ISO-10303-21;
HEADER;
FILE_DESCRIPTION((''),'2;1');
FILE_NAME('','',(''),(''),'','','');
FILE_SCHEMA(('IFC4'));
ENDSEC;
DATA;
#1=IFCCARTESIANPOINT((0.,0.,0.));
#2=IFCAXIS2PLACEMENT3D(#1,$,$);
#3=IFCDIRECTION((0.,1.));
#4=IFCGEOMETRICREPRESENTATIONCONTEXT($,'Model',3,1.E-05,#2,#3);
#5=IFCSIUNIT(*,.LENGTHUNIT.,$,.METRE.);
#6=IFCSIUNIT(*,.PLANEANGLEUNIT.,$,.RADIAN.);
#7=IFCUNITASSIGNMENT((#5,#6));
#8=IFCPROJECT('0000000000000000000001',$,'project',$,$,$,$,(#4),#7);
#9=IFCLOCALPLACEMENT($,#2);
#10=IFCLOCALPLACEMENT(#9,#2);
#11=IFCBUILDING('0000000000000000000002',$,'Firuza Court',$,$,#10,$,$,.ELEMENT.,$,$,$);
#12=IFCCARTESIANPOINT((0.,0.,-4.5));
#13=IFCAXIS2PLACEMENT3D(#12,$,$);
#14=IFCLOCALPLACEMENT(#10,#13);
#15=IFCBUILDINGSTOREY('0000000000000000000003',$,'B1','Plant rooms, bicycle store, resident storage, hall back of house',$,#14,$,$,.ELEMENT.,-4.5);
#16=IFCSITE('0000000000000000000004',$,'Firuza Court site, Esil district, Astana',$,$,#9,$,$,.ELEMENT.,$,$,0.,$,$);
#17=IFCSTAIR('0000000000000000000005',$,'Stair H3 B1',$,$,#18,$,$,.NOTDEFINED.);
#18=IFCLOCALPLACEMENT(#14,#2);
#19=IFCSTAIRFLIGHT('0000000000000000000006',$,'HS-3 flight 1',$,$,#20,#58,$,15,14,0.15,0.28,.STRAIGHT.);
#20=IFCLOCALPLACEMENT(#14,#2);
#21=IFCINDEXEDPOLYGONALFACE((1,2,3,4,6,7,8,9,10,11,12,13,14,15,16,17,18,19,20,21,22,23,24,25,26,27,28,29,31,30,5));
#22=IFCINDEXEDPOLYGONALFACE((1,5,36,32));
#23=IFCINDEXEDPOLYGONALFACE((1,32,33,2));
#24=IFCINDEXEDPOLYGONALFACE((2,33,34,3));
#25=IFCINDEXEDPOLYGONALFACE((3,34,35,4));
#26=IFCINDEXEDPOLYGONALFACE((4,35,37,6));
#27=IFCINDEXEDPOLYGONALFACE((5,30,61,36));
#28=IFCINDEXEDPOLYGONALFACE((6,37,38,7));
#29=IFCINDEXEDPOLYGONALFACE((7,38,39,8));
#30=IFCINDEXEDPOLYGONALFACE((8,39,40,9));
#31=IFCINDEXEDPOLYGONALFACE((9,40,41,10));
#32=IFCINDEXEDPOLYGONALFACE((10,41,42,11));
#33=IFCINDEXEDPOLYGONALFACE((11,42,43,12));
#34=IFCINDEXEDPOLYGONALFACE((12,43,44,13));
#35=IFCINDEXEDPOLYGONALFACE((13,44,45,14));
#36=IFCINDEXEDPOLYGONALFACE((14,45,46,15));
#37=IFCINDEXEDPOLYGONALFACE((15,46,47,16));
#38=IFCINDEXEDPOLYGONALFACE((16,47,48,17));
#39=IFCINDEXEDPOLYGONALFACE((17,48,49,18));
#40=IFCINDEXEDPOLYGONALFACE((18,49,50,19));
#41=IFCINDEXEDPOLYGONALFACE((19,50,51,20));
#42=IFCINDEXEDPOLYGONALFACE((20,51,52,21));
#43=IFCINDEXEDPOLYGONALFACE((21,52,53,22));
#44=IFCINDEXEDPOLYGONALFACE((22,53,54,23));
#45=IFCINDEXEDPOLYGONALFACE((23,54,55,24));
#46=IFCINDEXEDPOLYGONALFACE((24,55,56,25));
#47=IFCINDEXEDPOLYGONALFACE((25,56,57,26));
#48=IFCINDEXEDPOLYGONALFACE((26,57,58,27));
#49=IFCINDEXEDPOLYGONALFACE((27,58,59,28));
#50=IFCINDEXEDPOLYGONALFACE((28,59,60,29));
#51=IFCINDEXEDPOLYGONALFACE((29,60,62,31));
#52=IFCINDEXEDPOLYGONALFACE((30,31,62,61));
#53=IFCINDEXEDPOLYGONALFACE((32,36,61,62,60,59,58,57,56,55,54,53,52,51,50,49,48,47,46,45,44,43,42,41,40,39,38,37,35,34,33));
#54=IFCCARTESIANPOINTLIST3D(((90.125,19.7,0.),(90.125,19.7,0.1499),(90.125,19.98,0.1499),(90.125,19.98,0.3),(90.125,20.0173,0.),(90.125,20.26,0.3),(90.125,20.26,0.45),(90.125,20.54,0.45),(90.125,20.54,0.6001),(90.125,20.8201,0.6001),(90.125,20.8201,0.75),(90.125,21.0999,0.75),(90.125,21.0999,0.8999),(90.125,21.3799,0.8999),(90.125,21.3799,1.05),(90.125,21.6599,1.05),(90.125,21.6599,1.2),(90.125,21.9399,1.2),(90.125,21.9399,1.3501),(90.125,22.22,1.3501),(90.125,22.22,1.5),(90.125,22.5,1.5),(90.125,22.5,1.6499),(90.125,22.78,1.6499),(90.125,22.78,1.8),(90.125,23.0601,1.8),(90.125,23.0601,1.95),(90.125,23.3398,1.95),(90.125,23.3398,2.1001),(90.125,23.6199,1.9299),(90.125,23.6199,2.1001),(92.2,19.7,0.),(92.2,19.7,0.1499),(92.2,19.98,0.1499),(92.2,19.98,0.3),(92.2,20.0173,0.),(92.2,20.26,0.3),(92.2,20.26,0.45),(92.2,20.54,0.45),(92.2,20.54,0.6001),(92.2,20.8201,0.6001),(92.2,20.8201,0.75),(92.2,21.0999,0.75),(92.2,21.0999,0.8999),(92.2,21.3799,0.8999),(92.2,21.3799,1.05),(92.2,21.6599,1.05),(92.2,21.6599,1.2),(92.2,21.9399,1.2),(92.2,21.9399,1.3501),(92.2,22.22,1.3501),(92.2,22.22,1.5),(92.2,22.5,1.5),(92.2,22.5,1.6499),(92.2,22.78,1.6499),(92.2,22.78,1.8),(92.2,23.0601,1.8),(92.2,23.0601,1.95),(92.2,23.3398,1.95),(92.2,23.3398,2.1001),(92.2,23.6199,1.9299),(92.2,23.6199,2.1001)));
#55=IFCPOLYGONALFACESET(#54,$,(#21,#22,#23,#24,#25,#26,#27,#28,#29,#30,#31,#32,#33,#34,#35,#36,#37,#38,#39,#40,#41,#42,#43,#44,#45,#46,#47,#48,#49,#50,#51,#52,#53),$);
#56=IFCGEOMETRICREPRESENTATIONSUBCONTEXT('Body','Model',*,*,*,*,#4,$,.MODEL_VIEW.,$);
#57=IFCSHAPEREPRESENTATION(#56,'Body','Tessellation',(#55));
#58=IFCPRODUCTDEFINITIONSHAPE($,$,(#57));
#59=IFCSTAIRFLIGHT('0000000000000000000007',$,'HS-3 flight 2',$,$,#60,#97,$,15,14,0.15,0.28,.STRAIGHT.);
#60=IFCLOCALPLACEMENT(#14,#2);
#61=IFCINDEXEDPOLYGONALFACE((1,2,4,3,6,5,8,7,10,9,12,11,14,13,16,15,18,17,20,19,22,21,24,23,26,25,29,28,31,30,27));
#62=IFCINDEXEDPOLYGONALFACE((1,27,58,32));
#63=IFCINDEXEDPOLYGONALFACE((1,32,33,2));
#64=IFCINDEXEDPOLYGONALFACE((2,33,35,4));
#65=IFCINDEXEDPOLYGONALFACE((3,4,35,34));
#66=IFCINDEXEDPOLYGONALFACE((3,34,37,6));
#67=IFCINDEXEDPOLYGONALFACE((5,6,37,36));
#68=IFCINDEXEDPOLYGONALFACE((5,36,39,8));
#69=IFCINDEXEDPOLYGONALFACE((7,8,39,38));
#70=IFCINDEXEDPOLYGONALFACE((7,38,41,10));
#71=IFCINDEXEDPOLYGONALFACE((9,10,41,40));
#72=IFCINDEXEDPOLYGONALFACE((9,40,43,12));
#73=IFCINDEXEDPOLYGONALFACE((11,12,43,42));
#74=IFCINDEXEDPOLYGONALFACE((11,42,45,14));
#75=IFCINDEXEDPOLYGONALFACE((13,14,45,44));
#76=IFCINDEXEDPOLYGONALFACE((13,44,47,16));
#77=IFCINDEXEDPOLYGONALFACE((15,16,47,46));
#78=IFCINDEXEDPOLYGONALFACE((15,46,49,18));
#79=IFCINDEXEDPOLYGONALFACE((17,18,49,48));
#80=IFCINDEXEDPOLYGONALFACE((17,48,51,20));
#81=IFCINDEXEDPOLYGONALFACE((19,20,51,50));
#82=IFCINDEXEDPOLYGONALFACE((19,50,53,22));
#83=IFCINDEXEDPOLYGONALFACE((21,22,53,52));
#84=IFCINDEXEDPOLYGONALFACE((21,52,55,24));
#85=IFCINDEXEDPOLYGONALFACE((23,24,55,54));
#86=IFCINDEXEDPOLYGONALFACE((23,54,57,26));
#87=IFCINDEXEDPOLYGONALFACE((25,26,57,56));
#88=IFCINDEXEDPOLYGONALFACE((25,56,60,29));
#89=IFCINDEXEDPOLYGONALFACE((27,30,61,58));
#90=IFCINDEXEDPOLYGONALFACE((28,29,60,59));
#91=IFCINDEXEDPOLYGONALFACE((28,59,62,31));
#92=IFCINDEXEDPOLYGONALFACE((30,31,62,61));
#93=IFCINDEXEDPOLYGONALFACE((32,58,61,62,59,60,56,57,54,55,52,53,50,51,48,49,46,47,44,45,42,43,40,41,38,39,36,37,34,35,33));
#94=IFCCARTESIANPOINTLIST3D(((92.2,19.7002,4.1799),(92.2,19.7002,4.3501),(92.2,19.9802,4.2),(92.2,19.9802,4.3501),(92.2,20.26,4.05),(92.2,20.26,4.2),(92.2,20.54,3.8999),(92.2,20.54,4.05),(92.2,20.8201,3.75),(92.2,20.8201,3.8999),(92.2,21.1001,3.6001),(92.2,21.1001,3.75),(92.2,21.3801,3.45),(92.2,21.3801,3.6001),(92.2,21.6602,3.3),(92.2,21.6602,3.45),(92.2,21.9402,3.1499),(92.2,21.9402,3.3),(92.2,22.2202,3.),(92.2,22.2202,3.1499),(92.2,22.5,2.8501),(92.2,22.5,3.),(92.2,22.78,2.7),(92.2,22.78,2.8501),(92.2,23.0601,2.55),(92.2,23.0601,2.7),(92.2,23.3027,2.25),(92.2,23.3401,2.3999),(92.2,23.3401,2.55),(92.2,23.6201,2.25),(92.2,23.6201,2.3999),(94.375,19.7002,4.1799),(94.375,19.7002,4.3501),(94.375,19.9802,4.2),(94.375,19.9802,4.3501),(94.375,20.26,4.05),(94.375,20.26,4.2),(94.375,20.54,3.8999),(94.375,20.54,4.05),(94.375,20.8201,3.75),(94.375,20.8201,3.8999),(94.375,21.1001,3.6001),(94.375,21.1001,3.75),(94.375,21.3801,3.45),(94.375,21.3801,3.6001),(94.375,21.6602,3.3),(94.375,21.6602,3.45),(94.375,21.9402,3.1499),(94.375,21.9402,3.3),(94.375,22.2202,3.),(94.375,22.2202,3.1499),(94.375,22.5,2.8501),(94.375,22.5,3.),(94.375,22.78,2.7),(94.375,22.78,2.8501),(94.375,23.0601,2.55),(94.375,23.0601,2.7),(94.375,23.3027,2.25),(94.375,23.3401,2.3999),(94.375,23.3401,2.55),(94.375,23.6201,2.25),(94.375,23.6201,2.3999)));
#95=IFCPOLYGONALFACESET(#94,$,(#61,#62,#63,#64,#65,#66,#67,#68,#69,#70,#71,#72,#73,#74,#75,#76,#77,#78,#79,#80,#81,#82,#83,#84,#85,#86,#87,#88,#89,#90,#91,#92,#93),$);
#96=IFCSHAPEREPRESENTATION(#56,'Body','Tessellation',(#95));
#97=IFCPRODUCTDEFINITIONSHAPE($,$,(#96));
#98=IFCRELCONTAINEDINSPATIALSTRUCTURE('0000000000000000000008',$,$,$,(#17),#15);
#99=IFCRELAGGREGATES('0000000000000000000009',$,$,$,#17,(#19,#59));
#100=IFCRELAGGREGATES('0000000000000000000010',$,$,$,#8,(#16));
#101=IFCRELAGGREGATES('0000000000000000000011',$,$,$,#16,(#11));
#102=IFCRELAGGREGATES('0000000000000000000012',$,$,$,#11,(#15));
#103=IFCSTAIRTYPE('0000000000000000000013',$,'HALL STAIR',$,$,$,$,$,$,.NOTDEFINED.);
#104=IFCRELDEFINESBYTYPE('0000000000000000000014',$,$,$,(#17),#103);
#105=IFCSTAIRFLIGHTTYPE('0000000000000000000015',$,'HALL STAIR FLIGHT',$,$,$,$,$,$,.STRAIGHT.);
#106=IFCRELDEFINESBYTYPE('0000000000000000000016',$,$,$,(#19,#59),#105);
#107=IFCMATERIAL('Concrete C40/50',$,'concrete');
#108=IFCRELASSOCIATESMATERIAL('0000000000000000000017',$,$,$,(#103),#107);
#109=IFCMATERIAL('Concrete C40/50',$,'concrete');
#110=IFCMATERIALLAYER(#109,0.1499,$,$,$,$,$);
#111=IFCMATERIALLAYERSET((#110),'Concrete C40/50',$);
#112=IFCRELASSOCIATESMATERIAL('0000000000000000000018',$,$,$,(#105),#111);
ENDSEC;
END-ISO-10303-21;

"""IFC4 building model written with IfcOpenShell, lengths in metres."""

from ifc_helpers import new_model, si_unit, direction, frame, origin, place, context, subcontext, project, spatial, polyline, outline, extrude, material, layer, layer_set, type_object, element, aggregate, save


model = new_model("IFC4")

# Units and contexts
model_context = context("Model", 3, precision=1e-05, world=origin(), true_north=direction((0.0, 1.0)))
body_context = subcontext(model_context, "Body", "Model", "MODEL_VIEW")
ifc_project = project(units=[si_unit("LENGTHUNIT", "METRE"), si_unit("PLANEANGLEUNIT", "RADIAN")], contexts=[model_context])

# Site, building, storey
site_placement = place(None, origin())
site = spatial("IfcSite", under=ifc_project, at=site_placement, Name="Firuza Court site, Esil district, Astana", CompositionType="ELEMENT", RefElevation=0.0)
building_placement = place(site_placement, origin())
building = spatial("IfcBuilding", under=site, at=building_placement, Name="Firuza Court", CompositionType="ELEMENT")
storey_placement = place(building_placement, frame((0.0, 0.0, -4.5)))
storey = spatial("IfcBuildingStorey", under=building, at=storey_placement, Name="B1", Description="Plant rooms, bicycle store, resident storage, hall back of house", CompositionType="ELEMENT", Elevation=-4.5)

# Shared definitions
ifc_material_1 = material(Name="Concrete C40/50", Category="concrete")

# Stair, stair flights
ifc_material_2 = material(Name="Concrete C40/50", Category="concrete")
stair_type = type_object("IfcStairType", Name="HALL STAIR", PredefinedType="NOTDEFINED", material=ifc_material_2)
stair_placement = place(storey_placement, origin())
stair = element("IfcStair", 1, at=stair_placement, inside=storey, type_object=stair_type, Name="Stair H3 B1", PredefinedType="NOTDEFINED")
ifc_layer_1 = layer(ifc_material_1, 0.1499)
ifc_layer_set_1 = layer_set([ifc_layer_1], Name="Concrete C40/50")
stair_flight_type = type_object("IfcStairFlightType", Name="HALL STAIR FLIGHT", PredefinedType="STRAIGHT", material=ifc_layer_set_1)
stair_flight_1_placement = place(storey_placement, frame((91.1626, 19.7, 0.0), z_axis=(0.0, 0.0, 1.0), x_axis=(0.0, 1.0, 0.0)))
stair_flight_1 = element("IfcStairFlight", 2, at=stair_flight_1_placement, type_object=stair_flight_type, Name="HS-3 flight 1", NumberOfRisers=15, NumberOfTreads=14, PredefinedType="STRAIGHT", RiserHeight=0.15, TreadLength=0.28, context=body_context, shape_type="SweptSolid", body=[
    extrude(outline(polyline([(0.0, 0.0), (0.0, 0.1499), (0.28, 0.1499), (0.28, 0.3), (0.5601, 0.3), (0.5601, 0.45), (0.8401, 0.45), (0.8401, 0.6001), (1.1201, 0.6001), (1.1201, 0.75), (1.3999, 0.75), (1.3999, 0.8999), (1.6799, 0.8999), (1.6799, 1.05), (1.96, 1.05), (1.96, 1.2), (2.24, 1.2), (2.24, 1.3501), (2.52, 1.3501), (2.52, 1.5), (2.8, 1.5), (2.8, 1.6499), (3.0801, 1.6499), (3.0801, 1.8), (3.3601, 1.8), (3.3601, 1.95), (3.6399, 1.95), (3.6399, 2.1001), (3.9199, 2.1001), (3.9199, 2.25), (3.9199, 1.9299), (0.3174, 0.0), (0.0, 0.0)])), frame((0.0, 1.0376, 0.0), z_axis=(0.0, -1.0, 0.0), x_axis=(1.0, 0.0, 0.0)), (0.0, 0.0, 1.0), 2.075),
])
stair_flight_2_placement = place(storey_placement, frame((93.2876, 23.6201, 2.25), z_axis=(0.0, 0.0, 1.0), x_axis=(0.0, -1.0, 0.0)))
stair_flight_2 = element("IfcStairFlight", 3, at=stair_flight_2_placement, type_object=stair_flight_type, Name="HS-3 flight 2", NumberOfRisers=15, NumberOfTreads=14, PredefinedType="STRAIGHT", RiserHeight=0.15, TreadLength=0.28, context=body_context, shape_type="SweptSolid", body=[
    extrude(outline(polyline([(0.0, 0.0), (0.0, 0.1499), (0.28, 0.1499), (0.28, 0.3), (0.5601, 0.3), (0.5601, 0.45), (0.8401, 0.45), (0.8401, 0.6001), (1.1201, 0.6001), (1.1201, 0.75), (1.3999, 0.75), (1.3999, 0.8999), (1.6799, 0.8999), (1.6799, 1.05), (1.96, 1.05), (1.96, 1.2), (2.24, 1.2), (2.24, 1.3501), (2.52, 1.3501), (2.52, 1.5), (2.8, 1.5), (2.8, 1.6499), (3.0801, 1.6499), (3.0801, 1.8), (3.3601, 1.8), (3.3601, 1.95), (3.6399, 1.95), (3.6399, 2.1001), (3.9199, 2.1001), (3.9199, 2.25), (3.9199, 1.9299), (0.3174, 0.0), (0.0, 0.0)])), frame((0.0, 1.0874, 0.0), z_axis=(0.0, -1.0, 0.0), x_axis=(1.0, 0.0, 0.0)), (0.0, 0.0, 1.0), 2.175),
])
aggregate(stair, [stair_flight_1, stair_flight_2])

save(model, "model.ifc")
